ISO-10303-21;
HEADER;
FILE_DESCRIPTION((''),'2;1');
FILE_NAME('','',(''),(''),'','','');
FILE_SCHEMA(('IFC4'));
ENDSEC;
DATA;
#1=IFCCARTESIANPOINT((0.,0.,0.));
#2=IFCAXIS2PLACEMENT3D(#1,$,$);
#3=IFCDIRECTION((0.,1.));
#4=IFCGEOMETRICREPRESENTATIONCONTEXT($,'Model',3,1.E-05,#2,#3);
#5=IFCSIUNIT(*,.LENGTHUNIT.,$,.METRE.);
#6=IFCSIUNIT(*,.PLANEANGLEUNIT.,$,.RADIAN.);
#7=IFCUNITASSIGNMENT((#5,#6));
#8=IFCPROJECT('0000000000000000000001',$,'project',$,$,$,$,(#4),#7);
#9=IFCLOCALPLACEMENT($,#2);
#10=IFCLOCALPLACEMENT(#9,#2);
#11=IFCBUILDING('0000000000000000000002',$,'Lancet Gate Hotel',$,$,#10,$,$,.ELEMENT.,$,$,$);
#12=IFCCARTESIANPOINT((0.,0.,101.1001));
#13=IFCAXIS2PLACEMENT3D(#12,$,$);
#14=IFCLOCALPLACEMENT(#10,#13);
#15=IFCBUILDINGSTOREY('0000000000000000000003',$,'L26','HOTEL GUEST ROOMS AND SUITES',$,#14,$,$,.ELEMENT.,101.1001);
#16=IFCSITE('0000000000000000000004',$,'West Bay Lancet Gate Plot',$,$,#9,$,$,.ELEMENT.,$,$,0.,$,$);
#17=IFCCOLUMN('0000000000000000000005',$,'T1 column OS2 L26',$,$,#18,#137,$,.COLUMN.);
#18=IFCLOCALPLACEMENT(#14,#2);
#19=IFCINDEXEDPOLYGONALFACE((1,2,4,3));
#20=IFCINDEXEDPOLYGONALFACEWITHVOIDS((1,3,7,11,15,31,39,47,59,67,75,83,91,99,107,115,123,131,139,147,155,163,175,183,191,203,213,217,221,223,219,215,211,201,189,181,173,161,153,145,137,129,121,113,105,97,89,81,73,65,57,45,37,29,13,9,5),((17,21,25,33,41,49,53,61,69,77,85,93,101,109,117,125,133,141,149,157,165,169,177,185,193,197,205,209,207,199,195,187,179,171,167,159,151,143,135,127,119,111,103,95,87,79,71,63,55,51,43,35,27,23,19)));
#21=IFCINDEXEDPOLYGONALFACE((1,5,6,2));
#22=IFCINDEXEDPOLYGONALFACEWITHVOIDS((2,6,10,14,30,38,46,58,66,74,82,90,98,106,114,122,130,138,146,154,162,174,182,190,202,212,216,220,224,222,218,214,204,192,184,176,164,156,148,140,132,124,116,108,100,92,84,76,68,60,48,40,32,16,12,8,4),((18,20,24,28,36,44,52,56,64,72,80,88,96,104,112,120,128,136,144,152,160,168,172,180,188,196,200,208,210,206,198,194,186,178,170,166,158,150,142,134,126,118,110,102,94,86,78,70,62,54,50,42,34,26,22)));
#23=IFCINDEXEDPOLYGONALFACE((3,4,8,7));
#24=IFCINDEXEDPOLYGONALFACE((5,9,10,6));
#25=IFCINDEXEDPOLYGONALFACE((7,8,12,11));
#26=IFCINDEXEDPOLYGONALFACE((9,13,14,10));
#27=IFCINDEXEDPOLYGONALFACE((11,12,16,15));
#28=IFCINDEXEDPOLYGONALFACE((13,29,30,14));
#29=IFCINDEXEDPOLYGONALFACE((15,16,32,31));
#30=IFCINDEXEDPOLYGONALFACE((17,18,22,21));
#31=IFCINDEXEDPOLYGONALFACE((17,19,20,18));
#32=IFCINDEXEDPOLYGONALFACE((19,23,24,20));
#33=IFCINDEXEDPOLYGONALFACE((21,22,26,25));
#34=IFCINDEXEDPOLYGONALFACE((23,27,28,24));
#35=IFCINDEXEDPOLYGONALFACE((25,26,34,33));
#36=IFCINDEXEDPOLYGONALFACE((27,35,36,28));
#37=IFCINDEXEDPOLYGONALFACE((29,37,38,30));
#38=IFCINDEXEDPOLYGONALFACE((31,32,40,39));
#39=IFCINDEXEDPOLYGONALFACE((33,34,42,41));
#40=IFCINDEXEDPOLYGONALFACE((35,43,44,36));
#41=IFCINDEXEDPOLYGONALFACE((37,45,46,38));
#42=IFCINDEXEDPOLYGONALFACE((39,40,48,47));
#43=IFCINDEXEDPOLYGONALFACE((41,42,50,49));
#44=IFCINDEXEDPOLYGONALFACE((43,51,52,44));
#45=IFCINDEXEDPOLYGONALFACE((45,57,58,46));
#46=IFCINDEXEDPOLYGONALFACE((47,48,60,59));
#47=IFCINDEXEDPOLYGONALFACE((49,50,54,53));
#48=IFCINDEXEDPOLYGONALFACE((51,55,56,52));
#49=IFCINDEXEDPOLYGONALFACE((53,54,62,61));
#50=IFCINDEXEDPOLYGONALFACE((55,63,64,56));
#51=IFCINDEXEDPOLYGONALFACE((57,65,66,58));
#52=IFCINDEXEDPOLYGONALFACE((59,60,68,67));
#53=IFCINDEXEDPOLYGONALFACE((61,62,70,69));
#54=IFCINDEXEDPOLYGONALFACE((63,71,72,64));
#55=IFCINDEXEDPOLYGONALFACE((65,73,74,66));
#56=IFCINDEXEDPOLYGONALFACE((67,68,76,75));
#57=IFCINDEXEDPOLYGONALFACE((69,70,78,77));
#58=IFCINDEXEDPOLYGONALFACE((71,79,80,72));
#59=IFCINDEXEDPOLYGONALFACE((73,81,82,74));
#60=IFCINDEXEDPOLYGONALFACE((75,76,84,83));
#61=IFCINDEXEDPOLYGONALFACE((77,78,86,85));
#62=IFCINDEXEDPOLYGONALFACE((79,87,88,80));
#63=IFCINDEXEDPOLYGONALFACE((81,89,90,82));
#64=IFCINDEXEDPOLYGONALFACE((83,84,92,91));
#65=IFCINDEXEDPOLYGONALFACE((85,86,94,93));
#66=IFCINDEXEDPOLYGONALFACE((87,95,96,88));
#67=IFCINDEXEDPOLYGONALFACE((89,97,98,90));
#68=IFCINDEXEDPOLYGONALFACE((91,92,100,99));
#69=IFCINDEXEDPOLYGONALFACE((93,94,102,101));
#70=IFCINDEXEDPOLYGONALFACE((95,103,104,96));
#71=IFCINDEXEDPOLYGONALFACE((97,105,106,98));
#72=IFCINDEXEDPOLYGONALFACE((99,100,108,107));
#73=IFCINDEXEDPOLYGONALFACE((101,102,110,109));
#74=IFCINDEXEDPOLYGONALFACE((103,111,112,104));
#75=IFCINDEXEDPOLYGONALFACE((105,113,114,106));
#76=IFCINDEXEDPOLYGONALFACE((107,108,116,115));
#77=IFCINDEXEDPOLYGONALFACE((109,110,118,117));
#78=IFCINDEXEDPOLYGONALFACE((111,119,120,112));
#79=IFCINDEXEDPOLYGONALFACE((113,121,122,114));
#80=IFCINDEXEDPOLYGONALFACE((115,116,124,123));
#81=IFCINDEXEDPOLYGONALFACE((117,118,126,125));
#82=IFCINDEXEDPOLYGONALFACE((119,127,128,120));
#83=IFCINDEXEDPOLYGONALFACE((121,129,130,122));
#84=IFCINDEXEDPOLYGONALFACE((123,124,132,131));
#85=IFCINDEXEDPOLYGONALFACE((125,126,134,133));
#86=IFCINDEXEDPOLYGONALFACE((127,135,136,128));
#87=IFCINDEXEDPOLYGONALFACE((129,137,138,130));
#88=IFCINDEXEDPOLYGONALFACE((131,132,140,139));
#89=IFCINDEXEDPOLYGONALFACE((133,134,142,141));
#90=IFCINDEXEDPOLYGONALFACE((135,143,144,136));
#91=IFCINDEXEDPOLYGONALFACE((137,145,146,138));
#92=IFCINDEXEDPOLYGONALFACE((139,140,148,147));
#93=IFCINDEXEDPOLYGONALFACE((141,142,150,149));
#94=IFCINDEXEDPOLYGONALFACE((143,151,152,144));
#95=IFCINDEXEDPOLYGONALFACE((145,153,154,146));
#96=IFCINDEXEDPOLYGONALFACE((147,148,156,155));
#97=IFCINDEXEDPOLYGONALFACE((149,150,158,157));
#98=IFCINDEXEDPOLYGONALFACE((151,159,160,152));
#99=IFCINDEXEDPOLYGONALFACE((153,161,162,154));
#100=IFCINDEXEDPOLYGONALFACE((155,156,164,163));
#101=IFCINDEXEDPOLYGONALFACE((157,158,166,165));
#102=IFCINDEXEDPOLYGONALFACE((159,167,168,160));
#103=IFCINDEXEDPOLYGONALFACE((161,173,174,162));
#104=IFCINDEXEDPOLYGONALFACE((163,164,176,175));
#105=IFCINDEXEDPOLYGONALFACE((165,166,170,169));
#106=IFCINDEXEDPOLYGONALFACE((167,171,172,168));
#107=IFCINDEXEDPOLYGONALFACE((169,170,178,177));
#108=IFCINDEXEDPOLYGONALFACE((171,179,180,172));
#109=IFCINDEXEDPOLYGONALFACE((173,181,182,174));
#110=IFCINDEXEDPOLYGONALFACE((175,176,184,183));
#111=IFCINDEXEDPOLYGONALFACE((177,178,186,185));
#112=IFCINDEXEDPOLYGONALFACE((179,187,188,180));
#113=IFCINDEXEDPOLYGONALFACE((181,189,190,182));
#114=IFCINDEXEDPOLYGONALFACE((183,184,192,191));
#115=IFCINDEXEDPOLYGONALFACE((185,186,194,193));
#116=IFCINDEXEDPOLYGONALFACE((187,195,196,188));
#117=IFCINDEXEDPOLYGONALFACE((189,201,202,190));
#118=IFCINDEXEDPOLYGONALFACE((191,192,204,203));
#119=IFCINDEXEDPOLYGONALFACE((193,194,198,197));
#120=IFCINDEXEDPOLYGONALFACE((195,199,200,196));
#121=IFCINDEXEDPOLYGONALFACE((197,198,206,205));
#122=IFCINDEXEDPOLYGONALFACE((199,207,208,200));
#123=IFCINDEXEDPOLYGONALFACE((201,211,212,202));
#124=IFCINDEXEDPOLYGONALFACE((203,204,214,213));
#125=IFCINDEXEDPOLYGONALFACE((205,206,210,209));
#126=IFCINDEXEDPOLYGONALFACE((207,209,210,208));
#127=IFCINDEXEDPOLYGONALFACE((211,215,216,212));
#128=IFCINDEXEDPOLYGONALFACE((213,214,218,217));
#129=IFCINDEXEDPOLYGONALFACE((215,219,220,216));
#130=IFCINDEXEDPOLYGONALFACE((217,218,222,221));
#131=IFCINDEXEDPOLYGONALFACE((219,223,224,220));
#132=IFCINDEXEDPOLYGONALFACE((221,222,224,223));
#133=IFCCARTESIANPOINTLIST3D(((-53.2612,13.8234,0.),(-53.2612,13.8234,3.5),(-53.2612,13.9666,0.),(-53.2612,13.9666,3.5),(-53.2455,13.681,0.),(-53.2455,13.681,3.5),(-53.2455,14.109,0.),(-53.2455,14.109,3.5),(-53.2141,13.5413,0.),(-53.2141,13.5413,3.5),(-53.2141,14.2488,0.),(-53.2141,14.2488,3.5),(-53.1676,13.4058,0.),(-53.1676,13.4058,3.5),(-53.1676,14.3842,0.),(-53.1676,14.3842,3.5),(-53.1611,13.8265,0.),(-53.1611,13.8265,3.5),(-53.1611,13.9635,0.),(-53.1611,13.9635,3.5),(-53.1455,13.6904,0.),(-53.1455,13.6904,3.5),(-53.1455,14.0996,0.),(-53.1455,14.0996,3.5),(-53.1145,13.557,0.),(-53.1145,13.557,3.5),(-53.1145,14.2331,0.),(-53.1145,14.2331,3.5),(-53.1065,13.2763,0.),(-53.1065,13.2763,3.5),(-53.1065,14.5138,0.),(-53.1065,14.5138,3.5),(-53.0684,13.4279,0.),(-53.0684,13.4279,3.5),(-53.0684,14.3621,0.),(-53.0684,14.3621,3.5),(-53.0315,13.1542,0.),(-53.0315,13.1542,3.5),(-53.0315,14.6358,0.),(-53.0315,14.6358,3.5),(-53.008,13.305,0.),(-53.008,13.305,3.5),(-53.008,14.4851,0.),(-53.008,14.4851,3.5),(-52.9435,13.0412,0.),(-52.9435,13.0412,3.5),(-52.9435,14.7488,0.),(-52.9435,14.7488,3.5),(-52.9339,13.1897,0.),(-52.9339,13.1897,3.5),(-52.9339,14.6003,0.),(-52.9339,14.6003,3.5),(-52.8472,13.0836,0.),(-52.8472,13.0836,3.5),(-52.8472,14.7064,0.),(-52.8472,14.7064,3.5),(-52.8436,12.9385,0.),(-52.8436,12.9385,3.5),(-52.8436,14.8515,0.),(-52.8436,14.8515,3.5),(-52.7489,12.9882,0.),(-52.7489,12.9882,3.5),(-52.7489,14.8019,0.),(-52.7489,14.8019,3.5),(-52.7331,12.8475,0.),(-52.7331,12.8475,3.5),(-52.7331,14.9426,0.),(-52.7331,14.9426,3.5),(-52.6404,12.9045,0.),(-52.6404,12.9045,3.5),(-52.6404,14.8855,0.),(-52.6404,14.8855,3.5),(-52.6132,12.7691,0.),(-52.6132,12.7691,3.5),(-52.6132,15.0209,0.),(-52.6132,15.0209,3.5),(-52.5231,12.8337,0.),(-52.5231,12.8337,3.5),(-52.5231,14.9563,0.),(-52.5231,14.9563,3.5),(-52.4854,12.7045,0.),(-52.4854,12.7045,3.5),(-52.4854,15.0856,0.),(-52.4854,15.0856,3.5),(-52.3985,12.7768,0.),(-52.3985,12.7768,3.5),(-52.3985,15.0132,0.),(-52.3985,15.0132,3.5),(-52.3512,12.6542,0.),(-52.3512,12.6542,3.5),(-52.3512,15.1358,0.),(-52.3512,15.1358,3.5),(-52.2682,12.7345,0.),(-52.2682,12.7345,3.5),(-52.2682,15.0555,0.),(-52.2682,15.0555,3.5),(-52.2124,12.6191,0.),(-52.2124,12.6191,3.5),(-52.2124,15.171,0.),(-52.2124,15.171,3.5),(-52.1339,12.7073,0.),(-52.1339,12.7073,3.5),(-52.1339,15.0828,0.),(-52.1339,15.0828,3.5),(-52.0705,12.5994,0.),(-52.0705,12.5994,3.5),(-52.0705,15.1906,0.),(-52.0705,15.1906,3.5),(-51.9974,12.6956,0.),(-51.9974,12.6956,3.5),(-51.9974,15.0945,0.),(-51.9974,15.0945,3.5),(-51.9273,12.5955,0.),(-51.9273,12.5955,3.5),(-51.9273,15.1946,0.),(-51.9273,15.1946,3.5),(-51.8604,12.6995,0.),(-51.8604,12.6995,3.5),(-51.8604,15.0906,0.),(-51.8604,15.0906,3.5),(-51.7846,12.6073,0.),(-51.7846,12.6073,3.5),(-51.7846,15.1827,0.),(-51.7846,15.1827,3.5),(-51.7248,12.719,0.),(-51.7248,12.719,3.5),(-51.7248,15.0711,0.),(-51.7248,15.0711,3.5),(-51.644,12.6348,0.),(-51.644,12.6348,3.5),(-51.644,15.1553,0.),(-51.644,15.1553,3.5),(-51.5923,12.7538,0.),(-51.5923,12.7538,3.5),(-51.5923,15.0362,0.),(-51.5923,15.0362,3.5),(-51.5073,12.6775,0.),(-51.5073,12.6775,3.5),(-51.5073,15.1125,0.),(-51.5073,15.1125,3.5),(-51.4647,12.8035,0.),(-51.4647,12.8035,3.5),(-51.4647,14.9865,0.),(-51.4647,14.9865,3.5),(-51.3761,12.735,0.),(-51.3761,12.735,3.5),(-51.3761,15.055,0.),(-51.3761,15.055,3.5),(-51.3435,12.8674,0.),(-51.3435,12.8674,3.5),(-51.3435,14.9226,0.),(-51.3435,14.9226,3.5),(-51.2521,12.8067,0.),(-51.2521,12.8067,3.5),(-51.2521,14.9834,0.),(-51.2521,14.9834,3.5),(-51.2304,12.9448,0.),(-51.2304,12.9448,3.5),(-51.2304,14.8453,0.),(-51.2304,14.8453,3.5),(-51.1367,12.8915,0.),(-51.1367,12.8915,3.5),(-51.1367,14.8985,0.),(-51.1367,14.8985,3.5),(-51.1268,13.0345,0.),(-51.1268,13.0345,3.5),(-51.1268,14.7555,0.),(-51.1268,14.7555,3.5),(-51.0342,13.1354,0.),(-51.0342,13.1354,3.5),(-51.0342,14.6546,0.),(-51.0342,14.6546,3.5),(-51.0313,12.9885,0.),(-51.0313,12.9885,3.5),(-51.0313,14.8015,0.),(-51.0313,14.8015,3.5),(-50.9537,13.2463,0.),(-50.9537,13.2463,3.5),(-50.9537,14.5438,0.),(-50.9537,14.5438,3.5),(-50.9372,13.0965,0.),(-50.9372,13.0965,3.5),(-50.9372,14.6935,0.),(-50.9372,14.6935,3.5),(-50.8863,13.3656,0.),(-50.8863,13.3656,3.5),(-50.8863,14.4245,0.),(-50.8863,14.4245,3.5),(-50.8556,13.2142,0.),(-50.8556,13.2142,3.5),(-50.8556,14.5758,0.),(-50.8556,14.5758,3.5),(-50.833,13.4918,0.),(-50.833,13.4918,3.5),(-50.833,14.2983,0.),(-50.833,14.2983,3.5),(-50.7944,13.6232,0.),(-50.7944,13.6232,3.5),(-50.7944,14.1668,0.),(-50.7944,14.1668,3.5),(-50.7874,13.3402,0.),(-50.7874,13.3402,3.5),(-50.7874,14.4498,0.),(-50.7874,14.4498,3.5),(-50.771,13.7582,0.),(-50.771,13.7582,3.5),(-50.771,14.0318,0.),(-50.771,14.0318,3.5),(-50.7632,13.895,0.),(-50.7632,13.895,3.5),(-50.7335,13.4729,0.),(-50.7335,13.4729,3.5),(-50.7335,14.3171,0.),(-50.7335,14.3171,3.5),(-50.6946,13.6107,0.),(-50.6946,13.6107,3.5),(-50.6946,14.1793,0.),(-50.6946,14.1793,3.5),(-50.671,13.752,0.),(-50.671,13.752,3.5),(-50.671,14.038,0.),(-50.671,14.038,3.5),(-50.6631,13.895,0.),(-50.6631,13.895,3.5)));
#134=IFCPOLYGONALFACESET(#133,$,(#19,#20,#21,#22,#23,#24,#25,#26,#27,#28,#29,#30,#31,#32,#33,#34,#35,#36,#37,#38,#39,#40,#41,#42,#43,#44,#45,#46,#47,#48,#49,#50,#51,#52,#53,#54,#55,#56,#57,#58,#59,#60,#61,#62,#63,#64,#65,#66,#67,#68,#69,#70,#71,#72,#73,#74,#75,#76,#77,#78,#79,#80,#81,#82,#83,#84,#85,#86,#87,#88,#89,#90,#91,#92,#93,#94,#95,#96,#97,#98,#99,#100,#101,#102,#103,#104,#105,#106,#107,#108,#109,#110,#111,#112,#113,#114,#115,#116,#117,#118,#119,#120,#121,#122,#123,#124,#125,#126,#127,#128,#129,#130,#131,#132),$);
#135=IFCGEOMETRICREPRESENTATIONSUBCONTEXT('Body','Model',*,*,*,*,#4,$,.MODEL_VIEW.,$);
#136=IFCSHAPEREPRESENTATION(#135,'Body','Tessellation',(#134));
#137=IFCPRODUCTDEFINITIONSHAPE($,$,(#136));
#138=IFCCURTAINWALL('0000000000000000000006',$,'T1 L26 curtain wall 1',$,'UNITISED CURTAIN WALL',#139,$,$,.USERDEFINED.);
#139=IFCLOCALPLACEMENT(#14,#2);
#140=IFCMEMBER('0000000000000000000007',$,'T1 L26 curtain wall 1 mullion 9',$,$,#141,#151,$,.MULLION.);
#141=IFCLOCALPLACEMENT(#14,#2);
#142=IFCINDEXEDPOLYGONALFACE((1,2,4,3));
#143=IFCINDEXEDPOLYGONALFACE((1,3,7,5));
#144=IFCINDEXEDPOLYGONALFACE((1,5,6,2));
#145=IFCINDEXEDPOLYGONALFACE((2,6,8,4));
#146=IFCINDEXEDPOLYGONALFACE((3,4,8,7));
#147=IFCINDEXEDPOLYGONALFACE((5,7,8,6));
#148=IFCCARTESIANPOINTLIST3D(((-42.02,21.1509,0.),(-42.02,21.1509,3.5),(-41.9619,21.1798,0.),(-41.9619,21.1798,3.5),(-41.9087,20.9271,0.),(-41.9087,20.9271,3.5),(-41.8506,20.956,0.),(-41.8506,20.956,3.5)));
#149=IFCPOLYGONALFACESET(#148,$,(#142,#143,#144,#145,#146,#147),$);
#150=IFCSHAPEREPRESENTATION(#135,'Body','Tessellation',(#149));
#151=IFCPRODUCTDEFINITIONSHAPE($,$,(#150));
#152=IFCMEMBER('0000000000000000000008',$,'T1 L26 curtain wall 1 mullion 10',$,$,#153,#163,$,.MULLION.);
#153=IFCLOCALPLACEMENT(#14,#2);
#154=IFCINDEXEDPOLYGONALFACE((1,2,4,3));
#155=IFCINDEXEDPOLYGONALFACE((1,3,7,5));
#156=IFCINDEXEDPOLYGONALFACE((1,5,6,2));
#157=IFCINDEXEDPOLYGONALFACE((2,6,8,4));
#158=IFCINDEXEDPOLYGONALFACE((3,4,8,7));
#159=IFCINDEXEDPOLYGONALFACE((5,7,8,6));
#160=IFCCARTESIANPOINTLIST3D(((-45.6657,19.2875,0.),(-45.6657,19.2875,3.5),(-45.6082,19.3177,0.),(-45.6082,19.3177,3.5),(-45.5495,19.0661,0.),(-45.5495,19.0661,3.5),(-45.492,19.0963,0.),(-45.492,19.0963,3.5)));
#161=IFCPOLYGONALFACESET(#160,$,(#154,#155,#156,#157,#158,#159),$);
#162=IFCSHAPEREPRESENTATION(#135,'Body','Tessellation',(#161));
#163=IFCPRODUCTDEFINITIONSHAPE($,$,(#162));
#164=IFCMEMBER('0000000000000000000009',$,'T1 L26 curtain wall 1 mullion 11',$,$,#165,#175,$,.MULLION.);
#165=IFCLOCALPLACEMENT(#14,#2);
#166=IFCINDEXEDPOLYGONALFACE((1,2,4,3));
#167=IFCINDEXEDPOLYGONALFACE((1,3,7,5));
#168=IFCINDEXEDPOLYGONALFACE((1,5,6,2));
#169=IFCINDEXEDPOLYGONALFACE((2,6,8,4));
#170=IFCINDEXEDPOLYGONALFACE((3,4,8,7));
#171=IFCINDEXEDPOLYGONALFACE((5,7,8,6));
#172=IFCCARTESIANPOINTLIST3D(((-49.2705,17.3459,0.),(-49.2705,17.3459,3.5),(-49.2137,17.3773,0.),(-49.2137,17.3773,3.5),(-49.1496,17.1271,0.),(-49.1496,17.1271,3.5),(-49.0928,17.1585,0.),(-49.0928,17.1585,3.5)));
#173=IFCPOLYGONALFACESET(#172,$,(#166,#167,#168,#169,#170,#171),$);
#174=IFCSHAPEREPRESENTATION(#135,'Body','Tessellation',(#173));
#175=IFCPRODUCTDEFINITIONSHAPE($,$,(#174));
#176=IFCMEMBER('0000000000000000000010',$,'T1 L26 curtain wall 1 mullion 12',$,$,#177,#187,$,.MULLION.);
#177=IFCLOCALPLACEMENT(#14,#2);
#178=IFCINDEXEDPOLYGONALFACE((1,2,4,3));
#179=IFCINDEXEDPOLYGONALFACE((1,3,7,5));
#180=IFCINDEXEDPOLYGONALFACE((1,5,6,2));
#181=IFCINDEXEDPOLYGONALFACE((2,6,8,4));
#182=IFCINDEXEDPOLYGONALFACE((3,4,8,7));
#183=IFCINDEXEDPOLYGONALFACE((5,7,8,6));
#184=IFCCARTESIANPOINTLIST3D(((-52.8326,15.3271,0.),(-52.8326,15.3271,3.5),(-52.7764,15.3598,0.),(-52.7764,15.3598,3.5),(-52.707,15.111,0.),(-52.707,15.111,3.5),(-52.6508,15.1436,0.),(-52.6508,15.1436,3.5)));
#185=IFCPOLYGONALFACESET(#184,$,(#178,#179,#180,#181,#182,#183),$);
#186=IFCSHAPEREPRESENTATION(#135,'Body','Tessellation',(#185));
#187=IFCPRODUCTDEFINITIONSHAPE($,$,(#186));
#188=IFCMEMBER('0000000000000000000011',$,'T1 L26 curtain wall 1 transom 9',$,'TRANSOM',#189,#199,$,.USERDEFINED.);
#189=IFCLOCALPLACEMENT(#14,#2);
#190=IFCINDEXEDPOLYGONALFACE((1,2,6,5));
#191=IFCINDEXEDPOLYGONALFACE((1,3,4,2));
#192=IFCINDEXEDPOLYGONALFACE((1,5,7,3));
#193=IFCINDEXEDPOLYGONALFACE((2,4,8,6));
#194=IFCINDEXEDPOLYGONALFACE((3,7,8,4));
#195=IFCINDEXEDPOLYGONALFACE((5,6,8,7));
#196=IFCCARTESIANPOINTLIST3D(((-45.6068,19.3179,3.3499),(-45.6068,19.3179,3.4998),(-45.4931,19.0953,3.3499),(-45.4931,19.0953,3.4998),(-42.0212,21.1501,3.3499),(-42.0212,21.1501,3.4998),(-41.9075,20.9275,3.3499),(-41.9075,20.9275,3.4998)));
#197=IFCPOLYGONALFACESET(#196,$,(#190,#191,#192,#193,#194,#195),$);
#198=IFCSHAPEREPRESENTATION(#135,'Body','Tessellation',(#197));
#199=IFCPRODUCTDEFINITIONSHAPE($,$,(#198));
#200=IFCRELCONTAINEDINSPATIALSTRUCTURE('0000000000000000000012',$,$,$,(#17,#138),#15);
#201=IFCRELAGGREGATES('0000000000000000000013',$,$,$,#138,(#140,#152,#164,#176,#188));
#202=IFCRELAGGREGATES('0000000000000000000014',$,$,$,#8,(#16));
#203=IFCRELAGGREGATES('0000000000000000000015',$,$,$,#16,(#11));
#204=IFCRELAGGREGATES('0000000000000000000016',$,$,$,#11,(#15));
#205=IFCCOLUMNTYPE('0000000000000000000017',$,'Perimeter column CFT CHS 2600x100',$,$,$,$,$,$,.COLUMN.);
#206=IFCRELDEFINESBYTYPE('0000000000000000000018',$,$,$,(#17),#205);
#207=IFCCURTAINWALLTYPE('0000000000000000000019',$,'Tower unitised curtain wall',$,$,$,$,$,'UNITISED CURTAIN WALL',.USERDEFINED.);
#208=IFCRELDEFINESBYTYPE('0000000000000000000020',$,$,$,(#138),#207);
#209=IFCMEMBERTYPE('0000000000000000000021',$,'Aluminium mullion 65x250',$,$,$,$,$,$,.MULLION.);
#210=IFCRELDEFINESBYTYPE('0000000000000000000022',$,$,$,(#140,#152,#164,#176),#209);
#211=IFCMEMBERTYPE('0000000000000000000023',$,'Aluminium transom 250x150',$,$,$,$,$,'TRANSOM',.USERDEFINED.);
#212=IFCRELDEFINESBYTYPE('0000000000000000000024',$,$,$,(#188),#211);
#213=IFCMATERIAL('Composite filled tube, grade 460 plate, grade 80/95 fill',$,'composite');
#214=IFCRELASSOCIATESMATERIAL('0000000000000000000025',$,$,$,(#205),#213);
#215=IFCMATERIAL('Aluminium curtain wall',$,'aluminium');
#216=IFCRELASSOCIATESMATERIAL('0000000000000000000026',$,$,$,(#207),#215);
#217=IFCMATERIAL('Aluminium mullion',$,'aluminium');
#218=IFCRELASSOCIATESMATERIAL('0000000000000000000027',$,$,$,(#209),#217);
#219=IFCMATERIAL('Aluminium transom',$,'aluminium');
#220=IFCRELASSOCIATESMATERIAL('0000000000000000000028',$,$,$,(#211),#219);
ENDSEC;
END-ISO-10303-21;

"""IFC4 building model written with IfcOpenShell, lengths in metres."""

from ifc_helpers import new_model, si_unit, direction, frame, origin, origin_2d, place, context, subcontext, project, spatial, rectangle, hollow_circle, extrude, material, material_profile, profile_set, type_object, element, aggregate, save


model = new_model("IFC4")

# Units and contexts
model_context = context("Model", 3, precision=1e-05, world=origin(), true_north=direction((0.0, 1.0)))
body_context = subcontext(model_context, "Body", "Model", "MODEL_VIEW")
ifc_project = project(units=[si_unit("LENGTHUNIT", "METRE"), si_unit("PLANEANGLEUNIT", "RADIAN")], contexts=[model_context])

# Site, building, storey
site_placement = place(None, origin())
site = spatial("IfcSite", under=ifc_project, at=site_placement, Name="West Bay Lancet Gate Plot", CompositionType="ELEMENT", RefElevation=0.0)
building_placement = place(site_placement, origin())
building = spatial("IfcBuilding", under=site, at=building_placement, Name="Lancet Gate Hotel", CompositionType="ELEMENT")
storey_placement = place(building_placement, frame((0.0, 0.0, 101.1001)))
storey = spatial("IfcBuildingStorey", under=building, at=storey_placement, Name="L26", Description="HOTEL GUEST ROOMS AND SUITES", CompositionType="ELEMENT", Elevation=101.1001)

# Column
ifc_material_1 = material(Name="Composite filled tube, grade 460 plate, grade 80/95 fill", Category="composite")
ifc_material_profile_1 = material_profile(ifc_material_1, hollow_circle(Radius=1.3, WallThickness=0.1001, at=origin_2d()), Name="CHS 2600x100")
ifc_profile_set_1 = profile_set([ifc_material_profile_1], Name="Composite filled tube, grade 460 plate, grade 80/95 fill")
column_type = type_object("IfcColumnType", Name="Perimeter column CFT CHS 2600x100", PredefinedType="COLUMN", material=ifc_profile_set_1)
for number, where, z_axis, x_axis, name in (
    (1, (-51.9631, 13.895, 0.0), (0.0, 0.0, 1.0), (1.0, 0.0, 0.0), "T1 column OS2 L26"),
):
    element("IfcColumn", number, at=place(storey_placement, frame(where, z_axis=z_axis, x_axis=x_axis)), inside=storey, type_object=column_type, Name=name, PredefinedType="COLUMN", context=body_context, shape_type="SweptSolid", body=[
        extrude(hollow_circle(Radius=1.3, WallThickness=0.1001, at=origin_2d()), origin(), (0.0, 0.0, 1.0), 3.5),
    ])

# Curtain wall, members
ifc_material_2 = material(Name="Aluminium curtain wall", Category="aluminium")
curtain_wall_type = type_object("IfcCurtainWallType", Name="Tower unitised curtain wall", ElementType="UNITISED CURTAIN WALL", PredefinedType="USERDEFINED", material=ifc_material_2)
curtain_wall_placement = place(storey_placement, origin())
curtain_wall = element("IfcCurtainWall", 2, at=curtain_wall_placement, inside=storey, type_object=curtain_wall_type, Name="T1 L26 curtain wall 1", ObjectType="UNITISED CURTAIN WALL", PredefinedType="USERDEFINED")
ifc_material_3 = material(Name="Aluminium mullion", Category="aluminium")
ifc_material_profile_2 = material_profile(ifc_material_3, rectangle(XDim=0.0649, YDim=0.25, at=origin_2d()), Name="MULLION 65x250")
ifc_profile_set_2 = profile_set([ifc_material_profile_2], Name="Aluminium mullion")
member_type_1 = type_object("IfcMemberType", Name="Aluminium mullion 65x250", PredefinedType="MULLION", material=ifc_profile_set_2)
member_1_placement = place(storey_placement, frame((-41.9353, 21.0535, 0.0), z_axis=(0.0, 0.0, 1.0), x_axis=(-0.895339, -0.445384, 0.0)))
member_1 = element("IfcMember", 3, at=member_1_placement, type_object=member_type_1, Name="T1 L26 curtain wall 1 mullion 9", PredefinedType="MULLION", context=body_context, shape_type="SweptSolid", body=[
    extrude(rectangle(XDim=0.0649, YDim=0.25, at=origin_2d()), origin(), (0.0, 0.0, 1.0), 3.5),
])
member_2_placement = place(storey_placement, frame((-45.5789, 19.1919, 0.0), z_axis=(0.0, 0.0, 1.0), x_axis=(-0.885544, -0.464555, 0.0)))
member_2 = element("IfcMember", 4, at=member_2_placement, type_object=member_type_1, Name="T1 L26 curtain wall 1 mullion 10", PredefinedType="MULLION", context=body_context, shape_type="SweptSolid", body=[
    extrude(rectangle(XDim=0.0649, YDim=0.25, at=origin_2d()), origin(), (0.0, 0.0, 1.0), 3.5),
])
member_3_placement = place(storey_placement, frame((-49.1816, 17.2522, 0.0), z_axis=(0.0, 0.0, 1.0), x_axis=(-0.875339, -0.48351, 0.0)))
member_3 = element("IfcMember", 5, at=member_3_placement, type_object=member_type_1, Name="T1 L26 curtain wall 1 mullion 11", PredefinedType="MULLION", context=body_context, shape_type="SweptSolid", body=[
    extrude(rectangle(XDim=0.0649, YDim=0.25, at=origin_2d()), origin(), (0.0, 0.0, 1.0), 3.5),
])
member_4_placement = place(storey_placement, frame((-52.7417, 15.2354, 0.0), z_axis=(0.0, 0.0, 1.0), x_axis=(-0.864728, -0.502241, 0.0)))
member_4 = element("IfcMember", 6, at=member_4_placement, type_object=member_type_1, Name="T1 L26 curtain wall 1 mullion 12", PredefinedType="MULLION", context=body_context, shape_type="SweptSolid", body=[
    extrude(rectangle(XDim=0.0649, YDim=0.25, at=origin_2d()), origin(), (0.0, 0.0, 1.0), 3.5),
])
ifc_material_4 = material(Name="Aluminium transom", Category="aluminium")
ifc_material_profile_3 = material_profile(ifc_material_4, rectangle(XDim=0.25, YDim=0.1499, at=origin_2d()), Name="TRANSOM 250x150")
ifc_profile_set_3 = profile_set([ifc_material_profile_3], Name="Aluminium transom")
member_type_2 = type_object("IfcMemberType", Name="Aluminium transom 250x150", ElementType="TRANSOM", PredefinedType="USERDEFINED", material=ifc_profile_set_3)
member_5_placement = place(storey_placement, frame((-41.9644, 21.0388, 3.4248), z_axis=(-0.890476, -0.45503, 0.0), x_axis=(0.45503, -0.890476, 0.0)))
member_5 = element("IfcMember", 7, at=member_5_placement, type_object=member_type_2, Name="T1 L26 curtain wall 1 transom 9", ObjectType="TRANSOM", PredefinedType="USERDEFINED", context=body_context, shape_type="SweptSolid", body=[
    extrude(rectangle(XDim=0.25, YDim=0.1499, at=origin_2d()), origin(), (0.0, 0.0, 1.0), 4.0266),
])

aggregate(curtain_wall, [member_1, member_2, member_3, member_4, member_5])

save(model, "model.ifc")
